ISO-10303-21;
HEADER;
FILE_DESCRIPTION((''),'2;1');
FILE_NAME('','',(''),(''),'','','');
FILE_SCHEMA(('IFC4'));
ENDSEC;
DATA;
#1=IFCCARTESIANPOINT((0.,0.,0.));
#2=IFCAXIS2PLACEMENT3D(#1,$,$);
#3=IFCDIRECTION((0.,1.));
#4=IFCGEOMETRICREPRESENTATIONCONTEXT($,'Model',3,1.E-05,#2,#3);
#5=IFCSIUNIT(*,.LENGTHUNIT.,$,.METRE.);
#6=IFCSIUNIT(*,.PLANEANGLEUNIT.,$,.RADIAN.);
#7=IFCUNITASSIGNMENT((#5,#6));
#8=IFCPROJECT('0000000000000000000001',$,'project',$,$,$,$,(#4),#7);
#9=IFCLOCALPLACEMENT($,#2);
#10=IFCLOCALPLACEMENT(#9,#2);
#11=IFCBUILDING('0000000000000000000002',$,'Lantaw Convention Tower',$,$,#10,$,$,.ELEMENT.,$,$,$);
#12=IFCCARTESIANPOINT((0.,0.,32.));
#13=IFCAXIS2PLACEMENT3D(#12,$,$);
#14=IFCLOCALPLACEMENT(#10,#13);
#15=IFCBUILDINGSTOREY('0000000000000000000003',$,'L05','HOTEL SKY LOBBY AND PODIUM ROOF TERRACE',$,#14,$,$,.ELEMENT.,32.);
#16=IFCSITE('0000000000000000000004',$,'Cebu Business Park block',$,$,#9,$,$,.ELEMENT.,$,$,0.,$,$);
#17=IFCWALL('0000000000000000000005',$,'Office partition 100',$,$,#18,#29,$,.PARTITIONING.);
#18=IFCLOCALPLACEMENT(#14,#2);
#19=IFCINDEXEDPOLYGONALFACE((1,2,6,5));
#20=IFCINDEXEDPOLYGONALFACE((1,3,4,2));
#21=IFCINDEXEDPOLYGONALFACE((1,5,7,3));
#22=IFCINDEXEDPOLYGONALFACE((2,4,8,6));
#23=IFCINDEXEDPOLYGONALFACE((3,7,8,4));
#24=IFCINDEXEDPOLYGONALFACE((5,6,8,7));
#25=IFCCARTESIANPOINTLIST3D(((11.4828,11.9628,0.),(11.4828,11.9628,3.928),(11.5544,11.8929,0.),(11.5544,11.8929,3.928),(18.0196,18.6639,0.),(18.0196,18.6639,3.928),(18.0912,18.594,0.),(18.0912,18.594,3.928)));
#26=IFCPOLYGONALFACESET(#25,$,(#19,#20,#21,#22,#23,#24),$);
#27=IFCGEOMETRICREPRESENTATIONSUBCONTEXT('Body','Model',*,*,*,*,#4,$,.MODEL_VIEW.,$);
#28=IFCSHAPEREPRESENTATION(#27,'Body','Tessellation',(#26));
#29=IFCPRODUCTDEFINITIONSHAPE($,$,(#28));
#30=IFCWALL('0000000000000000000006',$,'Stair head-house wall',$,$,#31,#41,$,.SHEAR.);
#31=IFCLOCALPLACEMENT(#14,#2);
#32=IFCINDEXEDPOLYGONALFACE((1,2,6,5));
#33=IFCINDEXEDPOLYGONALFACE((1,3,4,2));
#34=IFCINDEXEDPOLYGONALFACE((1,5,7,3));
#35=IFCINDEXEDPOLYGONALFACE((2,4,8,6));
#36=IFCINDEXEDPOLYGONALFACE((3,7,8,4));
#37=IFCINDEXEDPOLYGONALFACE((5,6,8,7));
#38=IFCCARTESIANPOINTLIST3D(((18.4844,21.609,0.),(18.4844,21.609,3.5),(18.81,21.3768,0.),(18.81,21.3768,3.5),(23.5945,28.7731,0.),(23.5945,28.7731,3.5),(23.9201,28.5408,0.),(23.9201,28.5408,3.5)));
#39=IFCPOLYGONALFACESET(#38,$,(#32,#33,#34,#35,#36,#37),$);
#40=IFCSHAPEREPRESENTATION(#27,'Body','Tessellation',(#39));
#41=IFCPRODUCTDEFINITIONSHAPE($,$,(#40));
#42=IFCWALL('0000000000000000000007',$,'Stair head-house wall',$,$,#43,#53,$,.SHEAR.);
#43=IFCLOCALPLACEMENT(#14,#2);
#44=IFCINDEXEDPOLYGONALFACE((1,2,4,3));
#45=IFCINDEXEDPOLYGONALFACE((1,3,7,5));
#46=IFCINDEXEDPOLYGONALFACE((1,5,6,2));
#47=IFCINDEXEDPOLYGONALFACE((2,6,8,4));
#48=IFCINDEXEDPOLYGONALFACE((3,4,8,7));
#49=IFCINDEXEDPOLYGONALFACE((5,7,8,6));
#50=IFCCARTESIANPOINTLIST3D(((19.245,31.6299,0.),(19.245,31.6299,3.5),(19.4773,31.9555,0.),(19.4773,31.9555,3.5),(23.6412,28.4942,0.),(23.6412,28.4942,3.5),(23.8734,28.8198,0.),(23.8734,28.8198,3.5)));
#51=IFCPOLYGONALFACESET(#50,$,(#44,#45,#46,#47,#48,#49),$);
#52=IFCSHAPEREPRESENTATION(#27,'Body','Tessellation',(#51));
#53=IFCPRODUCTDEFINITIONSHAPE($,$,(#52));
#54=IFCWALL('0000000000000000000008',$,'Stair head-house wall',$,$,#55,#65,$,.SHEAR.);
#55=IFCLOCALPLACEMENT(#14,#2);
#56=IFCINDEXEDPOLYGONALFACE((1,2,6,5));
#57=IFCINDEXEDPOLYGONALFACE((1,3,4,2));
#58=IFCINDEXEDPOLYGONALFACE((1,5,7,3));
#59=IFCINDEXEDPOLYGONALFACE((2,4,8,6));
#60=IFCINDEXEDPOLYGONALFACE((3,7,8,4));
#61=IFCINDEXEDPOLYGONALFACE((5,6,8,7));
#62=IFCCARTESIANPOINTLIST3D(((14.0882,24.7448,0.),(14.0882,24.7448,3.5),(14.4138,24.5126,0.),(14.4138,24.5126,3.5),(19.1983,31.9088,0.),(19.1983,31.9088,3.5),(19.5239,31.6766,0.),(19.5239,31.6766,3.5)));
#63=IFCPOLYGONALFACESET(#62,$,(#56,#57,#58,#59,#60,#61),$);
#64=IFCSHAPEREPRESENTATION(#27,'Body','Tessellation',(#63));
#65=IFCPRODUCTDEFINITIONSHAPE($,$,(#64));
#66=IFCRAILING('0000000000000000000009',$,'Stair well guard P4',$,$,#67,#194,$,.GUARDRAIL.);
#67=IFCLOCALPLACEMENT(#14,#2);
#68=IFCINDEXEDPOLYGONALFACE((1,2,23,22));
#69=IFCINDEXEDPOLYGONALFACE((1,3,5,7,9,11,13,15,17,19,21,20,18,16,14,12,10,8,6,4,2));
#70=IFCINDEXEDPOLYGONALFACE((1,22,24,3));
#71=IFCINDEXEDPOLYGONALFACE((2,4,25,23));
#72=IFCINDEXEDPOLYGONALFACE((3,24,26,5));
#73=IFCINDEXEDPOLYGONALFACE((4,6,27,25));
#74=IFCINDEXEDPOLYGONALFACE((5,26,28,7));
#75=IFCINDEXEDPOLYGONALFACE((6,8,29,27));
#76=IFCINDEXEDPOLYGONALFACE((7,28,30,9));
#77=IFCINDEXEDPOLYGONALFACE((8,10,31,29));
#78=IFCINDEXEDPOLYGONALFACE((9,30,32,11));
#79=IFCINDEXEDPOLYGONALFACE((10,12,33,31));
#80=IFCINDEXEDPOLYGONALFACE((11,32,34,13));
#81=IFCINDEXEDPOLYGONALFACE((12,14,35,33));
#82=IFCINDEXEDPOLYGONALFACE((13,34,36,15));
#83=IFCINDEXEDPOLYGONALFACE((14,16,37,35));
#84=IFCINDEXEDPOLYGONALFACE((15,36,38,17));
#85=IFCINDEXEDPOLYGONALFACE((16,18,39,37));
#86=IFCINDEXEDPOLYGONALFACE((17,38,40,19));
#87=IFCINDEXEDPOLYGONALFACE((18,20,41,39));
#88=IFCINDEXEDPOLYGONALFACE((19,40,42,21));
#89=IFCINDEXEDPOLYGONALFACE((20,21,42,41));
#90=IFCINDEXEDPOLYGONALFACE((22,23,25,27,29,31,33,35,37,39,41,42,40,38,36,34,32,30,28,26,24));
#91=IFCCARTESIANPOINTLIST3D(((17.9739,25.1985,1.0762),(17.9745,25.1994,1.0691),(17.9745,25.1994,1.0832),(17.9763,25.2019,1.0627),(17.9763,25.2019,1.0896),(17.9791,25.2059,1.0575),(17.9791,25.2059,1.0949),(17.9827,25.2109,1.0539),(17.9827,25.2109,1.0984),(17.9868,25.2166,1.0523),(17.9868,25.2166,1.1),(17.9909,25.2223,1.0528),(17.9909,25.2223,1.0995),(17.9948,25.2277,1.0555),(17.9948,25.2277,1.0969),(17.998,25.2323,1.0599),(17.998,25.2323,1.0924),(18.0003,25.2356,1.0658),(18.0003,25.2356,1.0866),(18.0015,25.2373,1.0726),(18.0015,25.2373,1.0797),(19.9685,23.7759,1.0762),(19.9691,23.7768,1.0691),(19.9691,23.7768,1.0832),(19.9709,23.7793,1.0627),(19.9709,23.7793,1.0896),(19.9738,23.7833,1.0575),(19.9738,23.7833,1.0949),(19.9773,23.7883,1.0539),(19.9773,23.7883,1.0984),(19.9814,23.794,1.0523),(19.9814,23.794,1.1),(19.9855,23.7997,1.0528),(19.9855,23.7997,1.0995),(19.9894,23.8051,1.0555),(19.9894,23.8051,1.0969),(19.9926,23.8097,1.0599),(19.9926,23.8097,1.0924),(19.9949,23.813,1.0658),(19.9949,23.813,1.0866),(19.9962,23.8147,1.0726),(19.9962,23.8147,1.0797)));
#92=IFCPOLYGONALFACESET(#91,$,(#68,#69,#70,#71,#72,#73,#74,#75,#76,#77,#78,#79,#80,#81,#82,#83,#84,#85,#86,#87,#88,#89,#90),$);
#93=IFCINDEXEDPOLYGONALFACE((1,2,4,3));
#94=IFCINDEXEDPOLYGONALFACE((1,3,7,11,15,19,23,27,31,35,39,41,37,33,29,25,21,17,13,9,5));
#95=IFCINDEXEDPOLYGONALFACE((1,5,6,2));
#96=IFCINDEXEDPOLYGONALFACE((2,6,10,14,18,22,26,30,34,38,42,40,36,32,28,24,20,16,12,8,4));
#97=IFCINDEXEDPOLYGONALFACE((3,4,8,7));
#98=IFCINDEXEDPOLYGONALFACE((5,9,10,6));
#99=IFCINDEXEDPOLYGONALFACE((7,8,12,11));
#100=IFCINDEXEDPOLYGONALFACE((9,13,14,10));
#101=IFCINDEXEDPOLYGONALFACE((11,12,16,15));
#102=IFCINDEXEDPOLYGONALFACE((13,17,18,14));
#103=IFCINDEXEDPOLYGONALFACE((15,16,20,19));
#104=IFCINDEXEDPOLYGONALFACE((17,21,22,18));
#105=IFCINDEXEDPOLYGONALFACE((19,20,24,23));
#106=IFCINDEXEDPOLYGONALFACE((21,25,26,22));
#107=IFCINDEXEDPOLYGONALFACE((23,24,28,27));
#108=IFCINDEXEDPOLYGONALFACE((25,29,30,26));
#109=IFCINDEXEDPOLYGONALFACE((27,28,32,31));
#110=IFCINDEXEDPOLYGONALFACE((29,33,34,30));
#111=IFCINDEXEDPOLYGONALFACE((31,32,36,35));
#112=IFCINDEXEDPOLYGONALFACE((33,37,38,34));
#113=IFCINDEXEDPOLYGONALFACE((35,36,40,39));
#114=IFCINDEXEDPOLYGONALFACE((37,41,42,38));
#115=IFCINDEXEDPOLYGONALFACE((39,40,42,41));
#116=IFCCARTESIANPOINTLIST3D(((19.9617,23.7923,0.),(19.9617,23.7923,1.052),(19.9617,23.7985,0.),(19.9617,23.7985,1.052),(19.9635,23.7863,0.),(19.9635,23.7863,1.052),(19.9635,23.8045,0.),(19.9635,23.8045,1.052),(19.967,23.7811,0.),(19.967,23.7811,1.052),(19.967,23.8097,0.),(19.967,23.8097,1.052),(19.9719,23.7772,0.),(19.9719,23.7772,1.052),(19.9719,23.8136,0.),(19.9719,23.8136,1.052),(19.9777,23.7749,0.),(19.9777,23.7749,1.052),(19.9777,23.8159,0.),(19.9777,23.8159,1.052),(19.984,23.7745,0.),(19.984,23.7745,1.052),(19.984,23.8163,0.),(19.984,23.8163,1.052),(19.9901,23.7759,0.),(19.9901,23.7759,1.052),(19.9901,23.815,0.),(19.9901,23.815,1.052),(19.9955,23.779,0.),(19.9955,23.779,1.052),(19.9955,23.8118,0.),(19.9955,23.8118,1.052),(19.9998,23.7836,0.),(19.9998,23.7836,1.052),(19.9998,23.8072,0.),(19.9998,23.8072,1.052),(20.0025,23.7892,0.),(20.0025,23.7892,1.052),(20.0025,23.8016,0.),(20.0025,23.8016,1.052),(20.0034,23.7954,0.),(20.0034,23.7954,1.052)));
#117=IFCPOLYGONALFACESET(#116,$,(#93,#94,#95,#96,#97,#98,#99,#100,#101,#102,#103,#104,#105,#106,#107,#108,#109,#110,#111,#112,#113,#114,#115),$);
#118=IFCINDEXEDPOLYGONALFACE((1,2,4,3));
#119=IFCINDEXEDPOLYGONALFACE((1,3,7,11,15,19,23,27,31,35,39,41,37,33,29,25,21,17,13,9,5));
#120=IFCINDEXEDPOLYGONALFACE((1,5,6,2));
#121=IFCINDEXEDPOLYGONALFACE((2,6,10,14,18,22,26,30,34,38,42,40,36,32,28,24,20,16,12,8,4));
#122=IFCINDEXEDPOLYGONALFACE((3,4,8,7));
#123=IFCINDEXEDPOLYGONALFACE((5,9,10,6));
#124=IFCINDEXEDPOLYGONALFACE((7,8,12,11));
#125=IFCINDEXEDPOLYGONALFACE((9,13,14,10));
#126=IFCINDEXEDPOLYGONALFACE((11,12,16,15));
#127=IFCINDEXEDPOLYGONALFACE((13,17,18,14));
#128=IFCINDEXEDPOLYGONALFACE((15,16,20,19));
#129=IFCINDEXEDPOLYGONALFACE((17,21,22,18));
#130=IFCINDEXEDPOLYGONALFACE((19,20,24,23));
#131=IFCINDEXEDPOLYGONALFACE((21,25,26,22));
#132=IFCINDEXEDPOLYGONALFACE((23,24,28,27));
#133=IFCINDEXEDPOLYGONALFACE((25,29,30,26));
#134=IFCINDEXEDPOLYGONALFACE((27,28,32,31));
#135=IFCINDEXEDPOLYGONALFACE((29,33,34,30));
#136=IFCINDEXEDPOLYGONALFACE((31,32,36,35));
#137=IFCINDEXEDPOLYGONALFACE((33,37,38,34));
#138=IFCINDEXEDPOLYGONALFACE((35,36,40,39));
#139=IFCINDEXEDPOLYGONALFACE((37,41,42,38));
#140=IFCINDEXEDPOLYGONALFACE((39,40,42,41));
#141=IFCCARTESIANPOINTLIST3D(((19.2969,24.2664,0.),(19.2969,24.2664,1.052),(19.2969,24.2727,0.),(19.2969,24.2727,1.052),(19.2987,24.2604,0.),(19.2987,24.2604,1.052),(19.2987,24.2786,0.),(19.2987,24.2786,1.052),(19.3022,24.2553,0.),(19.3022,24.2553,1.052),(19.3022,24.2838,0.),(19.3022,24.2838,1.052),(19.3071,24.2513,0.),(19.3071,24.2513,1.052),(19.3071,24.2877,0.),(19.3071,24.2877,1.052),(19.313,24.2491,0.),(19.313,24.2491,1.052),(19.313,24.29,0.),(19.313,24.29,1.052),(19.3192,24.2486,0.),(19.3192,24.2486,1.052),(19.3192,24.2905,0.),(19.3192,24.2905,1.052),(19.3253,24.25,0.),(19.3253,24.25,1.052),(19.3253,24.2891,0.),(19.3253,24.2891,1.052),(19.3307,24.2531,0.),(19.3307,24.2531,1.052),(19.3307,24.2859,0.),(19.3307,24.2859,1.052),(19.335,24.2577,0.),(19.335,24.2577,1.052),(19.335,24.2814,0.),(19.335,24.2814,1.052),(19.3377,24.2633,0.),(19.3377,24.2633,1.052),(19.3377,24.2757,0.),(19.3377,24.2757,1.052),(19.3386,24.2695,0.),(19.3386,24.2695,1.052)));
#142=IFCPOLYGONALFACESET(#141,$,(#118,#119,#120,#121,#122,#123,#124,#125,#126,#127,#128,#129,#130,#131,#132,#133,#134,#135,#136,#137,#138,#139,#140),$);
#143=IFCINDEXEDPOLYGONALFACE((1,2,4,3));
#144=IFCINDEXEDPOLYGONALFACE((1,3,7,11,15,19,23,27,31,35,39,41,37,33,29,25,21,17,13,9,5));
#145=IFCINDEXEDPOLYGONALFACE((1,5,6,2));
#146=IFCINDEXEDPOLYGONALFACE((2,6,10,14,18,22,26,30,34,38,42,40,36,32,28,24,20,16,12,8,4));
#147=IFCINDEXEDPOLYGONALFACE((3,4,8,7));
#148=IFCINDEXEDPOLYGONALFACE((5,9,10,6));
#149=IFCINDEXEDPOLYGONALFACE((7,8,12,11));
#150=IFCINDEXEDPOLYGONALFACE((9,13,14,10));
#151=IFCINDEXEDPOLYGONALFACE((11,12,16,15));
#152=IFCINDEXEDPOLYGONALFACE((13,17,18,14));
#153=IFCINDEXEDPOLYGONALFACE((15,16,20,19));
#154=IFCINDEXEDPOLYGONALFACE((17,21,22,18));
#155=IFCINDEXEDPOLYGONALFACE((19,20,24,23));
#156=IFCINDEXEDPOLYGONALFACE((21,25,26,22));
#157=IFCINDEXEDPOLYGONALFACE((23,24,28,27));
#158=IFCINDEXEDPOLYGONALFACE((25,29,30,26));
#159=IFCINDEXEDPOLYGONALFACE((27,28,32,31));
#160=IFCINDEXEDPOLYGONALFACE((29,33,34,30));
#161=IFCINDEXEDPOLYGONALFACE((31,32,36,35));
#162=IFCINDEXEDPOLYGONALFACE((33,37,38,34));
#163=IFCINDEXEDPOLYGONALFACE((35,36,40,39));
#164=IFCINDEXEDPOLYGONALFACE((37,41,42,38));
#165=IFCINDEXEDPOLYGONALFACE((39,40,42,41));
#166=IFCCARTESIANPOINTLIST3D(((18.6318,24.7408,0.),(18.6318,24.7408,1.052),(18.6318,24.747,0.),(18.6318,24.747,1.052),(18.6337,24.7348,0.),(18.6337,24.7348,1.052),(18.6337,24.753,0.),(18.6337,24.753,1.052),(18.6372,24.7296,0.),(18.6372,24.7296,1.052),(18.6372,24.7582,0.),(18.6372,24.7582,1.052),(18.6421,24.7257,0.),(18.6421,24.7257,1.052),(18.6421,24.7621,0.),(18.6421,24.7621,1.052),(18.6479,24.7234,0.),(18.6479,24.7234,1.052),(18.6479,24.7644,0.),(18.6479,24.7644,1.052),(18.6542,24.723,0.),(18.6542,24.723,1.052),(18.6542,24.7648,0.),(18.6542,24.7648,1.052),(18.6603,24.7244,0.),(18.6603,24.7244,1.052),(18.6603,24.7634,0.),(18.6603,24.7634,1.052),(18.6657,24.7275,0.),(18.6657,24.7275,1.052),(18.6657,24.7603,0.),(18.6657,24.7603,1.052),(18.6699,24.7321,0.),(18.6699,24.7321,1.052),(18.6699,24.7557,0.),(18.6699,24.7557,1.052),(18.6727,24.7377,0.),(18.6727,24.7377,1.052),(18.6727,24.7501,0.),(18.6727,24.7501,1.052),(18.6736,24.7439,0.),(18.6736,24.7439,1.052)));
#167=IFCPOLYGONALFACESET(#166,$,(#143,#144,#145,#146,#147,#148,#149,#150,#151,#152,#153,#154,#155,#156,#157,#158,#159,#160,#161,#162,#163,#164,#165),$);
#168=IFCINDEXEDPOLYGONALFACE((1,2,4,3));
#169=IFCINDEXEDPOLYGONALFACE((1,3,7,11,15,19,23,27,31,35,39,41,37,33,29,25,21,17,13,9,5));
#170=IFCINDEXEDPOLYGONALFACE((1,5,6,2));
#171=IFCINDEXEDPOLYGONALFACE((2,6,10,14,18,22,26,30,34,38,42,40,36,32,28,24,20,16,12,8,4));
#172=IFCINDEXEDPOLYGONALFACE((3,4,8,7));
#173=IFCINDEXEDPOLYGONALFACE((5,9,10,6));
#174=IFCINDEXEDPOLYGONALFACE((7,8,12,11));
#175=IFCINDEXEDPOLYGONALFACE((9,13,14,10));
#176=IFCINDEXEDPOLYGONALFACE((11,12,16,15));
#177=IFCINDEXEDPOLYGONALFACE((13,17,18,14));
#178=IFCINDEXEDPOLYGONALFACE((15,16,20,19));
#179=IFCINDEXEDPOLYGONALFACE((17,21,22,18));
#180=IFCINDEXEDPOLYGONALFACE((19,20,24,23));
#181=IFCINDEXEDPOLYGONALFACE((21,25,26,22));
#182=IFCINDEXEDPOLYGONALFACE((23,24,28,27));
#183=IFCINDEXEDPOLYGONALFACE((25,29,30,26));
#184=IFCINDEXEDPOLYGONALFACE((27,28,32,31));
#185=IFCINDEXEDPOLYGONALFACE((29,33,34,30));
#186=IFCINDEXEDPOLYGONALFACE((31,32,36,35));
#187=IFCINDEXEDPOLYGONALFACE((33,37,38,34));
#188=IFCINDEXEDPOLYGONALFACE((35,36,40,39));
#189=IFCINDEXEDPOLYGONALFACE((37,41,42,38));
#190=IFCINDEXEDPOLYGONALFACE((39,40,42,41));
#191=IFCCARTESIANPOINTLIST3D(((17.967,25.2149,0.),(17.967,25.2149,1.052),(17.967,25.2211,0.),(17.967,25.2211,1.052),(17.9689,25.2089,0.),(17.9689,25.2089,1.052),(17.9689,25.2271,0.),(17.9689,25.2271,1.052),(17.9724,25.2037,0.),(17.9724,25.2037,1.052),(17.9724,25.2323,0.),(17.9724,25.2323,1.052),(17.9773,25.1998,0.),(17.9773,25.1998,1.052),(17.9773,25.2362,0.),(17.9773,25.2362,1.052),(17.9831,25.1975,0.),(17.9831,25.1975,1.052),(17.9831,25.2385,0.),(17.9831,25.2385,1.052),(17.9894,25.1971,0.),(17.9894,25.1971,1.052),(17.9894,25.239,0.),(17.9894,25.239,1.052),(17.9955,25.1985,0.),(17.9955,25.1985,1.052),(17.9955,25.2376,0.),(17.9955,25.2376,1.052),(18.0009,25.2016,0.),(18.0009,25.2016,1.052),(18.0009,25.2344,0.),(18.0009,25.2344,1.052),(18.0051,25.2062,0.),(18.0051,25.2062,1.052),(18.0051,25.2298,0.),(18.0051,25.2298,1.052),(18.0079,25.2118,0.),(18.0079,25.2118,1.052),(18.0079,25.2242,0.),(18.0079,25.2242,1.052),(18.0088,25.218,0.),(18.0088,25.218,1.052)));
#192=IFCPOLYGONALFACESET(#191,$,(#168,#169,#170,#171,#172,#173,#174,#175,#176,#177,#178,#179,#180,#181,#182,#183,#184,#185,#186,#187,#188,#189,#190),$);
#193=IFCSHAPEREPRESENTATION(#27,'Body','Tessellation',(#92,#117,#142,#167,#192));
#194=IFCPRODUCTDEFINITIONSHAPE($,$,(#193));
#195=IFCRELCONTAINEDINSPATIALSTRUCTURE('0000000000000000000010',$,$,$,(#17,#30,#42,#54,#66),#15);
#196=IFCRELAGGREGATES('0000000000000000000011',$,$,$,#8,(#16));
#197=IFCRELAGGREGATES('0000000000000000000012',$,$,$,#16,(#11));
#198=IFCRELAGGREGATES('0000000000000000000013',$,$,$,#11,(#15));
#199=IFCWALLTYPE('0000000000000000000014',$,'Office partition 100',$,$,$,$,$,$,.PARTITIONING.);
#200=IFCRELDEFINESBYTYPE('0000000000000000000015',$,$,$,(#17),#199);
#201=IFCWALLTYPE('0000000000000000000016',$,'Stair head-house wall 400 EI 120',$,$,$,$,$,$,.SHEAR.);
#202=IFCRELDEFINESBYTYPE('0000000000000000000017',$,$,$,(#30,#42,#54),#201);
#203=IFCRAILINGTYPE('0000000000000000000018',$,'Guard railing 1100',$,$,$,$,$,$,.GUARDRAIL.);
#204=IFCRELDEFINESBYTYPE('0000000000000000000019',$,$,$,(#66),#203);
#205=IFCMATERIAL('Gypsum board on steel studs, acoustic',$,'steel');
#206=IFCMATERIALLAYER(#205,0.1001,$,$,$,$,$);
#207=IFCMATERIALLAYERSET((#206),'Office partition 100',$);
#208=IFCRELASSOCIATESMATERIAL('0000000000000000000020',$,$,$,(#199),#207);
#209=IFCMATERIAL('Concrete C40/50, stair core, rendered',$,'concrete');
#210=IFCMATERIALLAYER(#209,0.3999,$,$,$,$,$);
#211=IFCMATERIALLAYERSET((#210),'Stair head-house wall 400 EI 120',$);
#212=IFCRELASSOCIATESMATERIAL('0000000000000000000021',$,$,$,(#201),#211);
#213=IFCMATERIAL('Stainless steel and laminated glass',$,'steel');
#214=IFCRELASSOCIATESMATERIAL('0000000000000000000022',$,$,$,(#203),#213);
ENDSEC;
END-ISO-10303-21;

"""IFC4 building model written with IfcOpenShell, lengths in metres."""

from ifc_helpers import new_model, si_unit, direction, frame, frame_2d, origin, origin_2d, place, context, subcontext, project, spatial, rectangle, circle, extrude, material, layer, layer_set, type_object, element, save


model = new_model("IFC4")

# Units and contexts
model_context = context("Model", 3, precision=1e-05, world=origin(), true_north=direction((0.0, 1.0)))
body_context = subcontext(model_context, "Body", "Model", "MODEL_VIEW")
ifc_project = project(units=[si_unit("LENGTHUNIT", "METRE"), si_unit("PLANEANGLEUNIT", "RADIAN")], contexts=[model_context])

# Site, building, storey
site_placement = place(None, origin())
site = spatial("IfcSite", under=ifc_project, at=site_placement, Name="Cebu Business Park block", CompositionType="ELEMENT", RefElevation=0.0)
building_placement = place(site_placement, origin())
building = spatial("IfcBuilding", under=site, at=building_placement, Name="Lantaw Convention Tower", CompositionType="ELEMENT")
storey_placement = place(building_placement, frame((0.0, 0.0, 32.0)))
storey = spatial("IfcBuildingStorey", under=building, at=storey_placement, Name="L05", Description="HOTEL SKY LOBBY AND PODIUM ROOF TERRACE", CompositionType="ELEMENT", Elevation=32.0)

# Walls
ifc_material_1 = material(Name="Gypsum board on steel studs, acoustic", Category="steel")
ifc_layer_1 = layer(ifc_material_1, 0.1001)
ifc_layer_set_1 = layer_set([ifc_layer_1], Name="Office partition 100")
wall_type_1 = type_object("IfcWallType", Name="Office partition 100", PredefinedType="PARTITIONING", material=ifc_layer_set_1)
wall_1_placement = place(storey_placement, frame((18.0554, 18.6289, 0.0), z_axis=(0.0, 0.0, 1.0), x_axis=(-0.698277, -0.715828, 0.0)))
element("IfcWall", 1, at=wall_1_placement, inside=storey, type_object=wall_type_1, Name="Office partition 100", PredefinedType="PARTITIONING", context=body_context, shape_type="SweptSolid", body=[
    extrude(rectangle(XDim=9.3613, YDim=0.1001, at=frame_2d((4.6807, 0.0))), origin(), (0.0, 0.0, 1.0), 3.928),
])
ifc_material_2 = material(Name="Concrete C40/50, stair core, rendered", Category="concrete")
ifc_layer_2 = layer(ifc_material_2, 0.3999)
ifc_layer_set_2 = layer_set([ifc_layer_2], Name="Stair head-house wall 400 EI 120")
wall_type_2 = type_object("IfcWallType", Name="Stair head-house wall 400 EI 120", PredefinedType="SHEAR", material=ifc_layer_set_2)
wall_2_placement = place(storey_placement, frame((18.6472, 21.4929, 0.0), z_axis=(0.0, 0.0, 1.0), x_axis=(0.580705, 0.814114, 0.0)))
element("IfcWall", 2, at=wall_2_placement, inside=storey, type_object=wall_type_2, Name="Stair head-house wall", PredefinedType="SHEAR", context=body_context, shape_type="SweptSolid", body=[
    extrude(rectangle(XDim=8.7998, YDim=0.3999, at=frame_2d((4.3999, 0.0))), origin(), (0.0, 0.0, 1.0), 3.5),
])
wall_3_placement = place(storey_placement, frame((23.7573, 28.657, 0.0), z_axis=(0.0, 0.0, 1.0), x_axis=(-0.814121, 0.580695, 0.0)))
element("IfcWall", 3, at=wall_3_placement, inside=storey, type_object=wall_type_2, Name="Stair head-house wall", PredefinedType="SHEAR", context=body_context, shape_type="SweptSolid", body=[
    extrude(rectangle(XDim=5.3999, YDim=0.3999, at=frame_2d((2.7, 0.0))), origin(), (0.0, 0.0, 1.0), 3.5),
])
wall_4_placement = place(storey_placement, frame((19.3611, 31.7927, 0.0), z_axis=(0.0, 0.0, 1.0), x_axis=(-0.580705, -0.814114, 0.0)))
element("IfcWall", 4, at=wall_4_placement, inside=storey, type_object=wall_type_2, Name="Stair head-house wall", PredefinedType="SHEAR", context=body_context, shape_type="SweptSolid", body=[
    extrude(rectangle(XDim=8.7998, YDim=0.3999, at=frame_2d((4.3999, 0.0))), origin(), (0.0, 0.0, 1.0), 3.5),
])

# Railing
ifc_material_3 = material(Name="Stainless steel and laminated glass", Category="steel")
railing_type_1 = type_object("IfcRailingType", Name="Guard railing 1100", PredefinedType="GUARDRAIL", material=ifc_material_3)
railing_1_placement = place(storey_placement, frame((19.9824, 23.7954, 0.0)))
element("IfcRailing", 5, at=railing_1_placement, inside=storey, type_object=railing_type_1, Name="Stair well guard P4", PredefinedType="GUARDRAIL", context=body_context, shape_type="SweptSolid", body=[
    extrude(circle(Radius=0.0239, at=origin_2d()), frame((0.0, 0.0, 1.0762), z_axis=(-0.814144, 0.580663, 0.0), x_axis=(-0.580663, -0.814144, 0.0)), (0.0, 0.0, 1.0), 2.45),
    extrude(circle(Radius=0.021, at=origin_2d()), origin(), (0.0, 0.0, 1.0), 1.052),
    extrude(circle(Radius=0.021, at=origin_2d()), frame((-0.6648, 0.4741, 0.0)), (0.0, 0.0, 1.0), 1.052),
    extrude(circle(Radius=0.021, at=origin_2d()), frame((-1.3298, 0.9485, 0.0)), (0.0, 0.0, 1.0), 1.052),
    extrude(circle(Radius=0.021, at=origin_2d()), frame((-1.9946, 1.4226, 0.0)), (0.0, 0.0, 1.0), 1.052),
])

save(model, "model.ifc")
